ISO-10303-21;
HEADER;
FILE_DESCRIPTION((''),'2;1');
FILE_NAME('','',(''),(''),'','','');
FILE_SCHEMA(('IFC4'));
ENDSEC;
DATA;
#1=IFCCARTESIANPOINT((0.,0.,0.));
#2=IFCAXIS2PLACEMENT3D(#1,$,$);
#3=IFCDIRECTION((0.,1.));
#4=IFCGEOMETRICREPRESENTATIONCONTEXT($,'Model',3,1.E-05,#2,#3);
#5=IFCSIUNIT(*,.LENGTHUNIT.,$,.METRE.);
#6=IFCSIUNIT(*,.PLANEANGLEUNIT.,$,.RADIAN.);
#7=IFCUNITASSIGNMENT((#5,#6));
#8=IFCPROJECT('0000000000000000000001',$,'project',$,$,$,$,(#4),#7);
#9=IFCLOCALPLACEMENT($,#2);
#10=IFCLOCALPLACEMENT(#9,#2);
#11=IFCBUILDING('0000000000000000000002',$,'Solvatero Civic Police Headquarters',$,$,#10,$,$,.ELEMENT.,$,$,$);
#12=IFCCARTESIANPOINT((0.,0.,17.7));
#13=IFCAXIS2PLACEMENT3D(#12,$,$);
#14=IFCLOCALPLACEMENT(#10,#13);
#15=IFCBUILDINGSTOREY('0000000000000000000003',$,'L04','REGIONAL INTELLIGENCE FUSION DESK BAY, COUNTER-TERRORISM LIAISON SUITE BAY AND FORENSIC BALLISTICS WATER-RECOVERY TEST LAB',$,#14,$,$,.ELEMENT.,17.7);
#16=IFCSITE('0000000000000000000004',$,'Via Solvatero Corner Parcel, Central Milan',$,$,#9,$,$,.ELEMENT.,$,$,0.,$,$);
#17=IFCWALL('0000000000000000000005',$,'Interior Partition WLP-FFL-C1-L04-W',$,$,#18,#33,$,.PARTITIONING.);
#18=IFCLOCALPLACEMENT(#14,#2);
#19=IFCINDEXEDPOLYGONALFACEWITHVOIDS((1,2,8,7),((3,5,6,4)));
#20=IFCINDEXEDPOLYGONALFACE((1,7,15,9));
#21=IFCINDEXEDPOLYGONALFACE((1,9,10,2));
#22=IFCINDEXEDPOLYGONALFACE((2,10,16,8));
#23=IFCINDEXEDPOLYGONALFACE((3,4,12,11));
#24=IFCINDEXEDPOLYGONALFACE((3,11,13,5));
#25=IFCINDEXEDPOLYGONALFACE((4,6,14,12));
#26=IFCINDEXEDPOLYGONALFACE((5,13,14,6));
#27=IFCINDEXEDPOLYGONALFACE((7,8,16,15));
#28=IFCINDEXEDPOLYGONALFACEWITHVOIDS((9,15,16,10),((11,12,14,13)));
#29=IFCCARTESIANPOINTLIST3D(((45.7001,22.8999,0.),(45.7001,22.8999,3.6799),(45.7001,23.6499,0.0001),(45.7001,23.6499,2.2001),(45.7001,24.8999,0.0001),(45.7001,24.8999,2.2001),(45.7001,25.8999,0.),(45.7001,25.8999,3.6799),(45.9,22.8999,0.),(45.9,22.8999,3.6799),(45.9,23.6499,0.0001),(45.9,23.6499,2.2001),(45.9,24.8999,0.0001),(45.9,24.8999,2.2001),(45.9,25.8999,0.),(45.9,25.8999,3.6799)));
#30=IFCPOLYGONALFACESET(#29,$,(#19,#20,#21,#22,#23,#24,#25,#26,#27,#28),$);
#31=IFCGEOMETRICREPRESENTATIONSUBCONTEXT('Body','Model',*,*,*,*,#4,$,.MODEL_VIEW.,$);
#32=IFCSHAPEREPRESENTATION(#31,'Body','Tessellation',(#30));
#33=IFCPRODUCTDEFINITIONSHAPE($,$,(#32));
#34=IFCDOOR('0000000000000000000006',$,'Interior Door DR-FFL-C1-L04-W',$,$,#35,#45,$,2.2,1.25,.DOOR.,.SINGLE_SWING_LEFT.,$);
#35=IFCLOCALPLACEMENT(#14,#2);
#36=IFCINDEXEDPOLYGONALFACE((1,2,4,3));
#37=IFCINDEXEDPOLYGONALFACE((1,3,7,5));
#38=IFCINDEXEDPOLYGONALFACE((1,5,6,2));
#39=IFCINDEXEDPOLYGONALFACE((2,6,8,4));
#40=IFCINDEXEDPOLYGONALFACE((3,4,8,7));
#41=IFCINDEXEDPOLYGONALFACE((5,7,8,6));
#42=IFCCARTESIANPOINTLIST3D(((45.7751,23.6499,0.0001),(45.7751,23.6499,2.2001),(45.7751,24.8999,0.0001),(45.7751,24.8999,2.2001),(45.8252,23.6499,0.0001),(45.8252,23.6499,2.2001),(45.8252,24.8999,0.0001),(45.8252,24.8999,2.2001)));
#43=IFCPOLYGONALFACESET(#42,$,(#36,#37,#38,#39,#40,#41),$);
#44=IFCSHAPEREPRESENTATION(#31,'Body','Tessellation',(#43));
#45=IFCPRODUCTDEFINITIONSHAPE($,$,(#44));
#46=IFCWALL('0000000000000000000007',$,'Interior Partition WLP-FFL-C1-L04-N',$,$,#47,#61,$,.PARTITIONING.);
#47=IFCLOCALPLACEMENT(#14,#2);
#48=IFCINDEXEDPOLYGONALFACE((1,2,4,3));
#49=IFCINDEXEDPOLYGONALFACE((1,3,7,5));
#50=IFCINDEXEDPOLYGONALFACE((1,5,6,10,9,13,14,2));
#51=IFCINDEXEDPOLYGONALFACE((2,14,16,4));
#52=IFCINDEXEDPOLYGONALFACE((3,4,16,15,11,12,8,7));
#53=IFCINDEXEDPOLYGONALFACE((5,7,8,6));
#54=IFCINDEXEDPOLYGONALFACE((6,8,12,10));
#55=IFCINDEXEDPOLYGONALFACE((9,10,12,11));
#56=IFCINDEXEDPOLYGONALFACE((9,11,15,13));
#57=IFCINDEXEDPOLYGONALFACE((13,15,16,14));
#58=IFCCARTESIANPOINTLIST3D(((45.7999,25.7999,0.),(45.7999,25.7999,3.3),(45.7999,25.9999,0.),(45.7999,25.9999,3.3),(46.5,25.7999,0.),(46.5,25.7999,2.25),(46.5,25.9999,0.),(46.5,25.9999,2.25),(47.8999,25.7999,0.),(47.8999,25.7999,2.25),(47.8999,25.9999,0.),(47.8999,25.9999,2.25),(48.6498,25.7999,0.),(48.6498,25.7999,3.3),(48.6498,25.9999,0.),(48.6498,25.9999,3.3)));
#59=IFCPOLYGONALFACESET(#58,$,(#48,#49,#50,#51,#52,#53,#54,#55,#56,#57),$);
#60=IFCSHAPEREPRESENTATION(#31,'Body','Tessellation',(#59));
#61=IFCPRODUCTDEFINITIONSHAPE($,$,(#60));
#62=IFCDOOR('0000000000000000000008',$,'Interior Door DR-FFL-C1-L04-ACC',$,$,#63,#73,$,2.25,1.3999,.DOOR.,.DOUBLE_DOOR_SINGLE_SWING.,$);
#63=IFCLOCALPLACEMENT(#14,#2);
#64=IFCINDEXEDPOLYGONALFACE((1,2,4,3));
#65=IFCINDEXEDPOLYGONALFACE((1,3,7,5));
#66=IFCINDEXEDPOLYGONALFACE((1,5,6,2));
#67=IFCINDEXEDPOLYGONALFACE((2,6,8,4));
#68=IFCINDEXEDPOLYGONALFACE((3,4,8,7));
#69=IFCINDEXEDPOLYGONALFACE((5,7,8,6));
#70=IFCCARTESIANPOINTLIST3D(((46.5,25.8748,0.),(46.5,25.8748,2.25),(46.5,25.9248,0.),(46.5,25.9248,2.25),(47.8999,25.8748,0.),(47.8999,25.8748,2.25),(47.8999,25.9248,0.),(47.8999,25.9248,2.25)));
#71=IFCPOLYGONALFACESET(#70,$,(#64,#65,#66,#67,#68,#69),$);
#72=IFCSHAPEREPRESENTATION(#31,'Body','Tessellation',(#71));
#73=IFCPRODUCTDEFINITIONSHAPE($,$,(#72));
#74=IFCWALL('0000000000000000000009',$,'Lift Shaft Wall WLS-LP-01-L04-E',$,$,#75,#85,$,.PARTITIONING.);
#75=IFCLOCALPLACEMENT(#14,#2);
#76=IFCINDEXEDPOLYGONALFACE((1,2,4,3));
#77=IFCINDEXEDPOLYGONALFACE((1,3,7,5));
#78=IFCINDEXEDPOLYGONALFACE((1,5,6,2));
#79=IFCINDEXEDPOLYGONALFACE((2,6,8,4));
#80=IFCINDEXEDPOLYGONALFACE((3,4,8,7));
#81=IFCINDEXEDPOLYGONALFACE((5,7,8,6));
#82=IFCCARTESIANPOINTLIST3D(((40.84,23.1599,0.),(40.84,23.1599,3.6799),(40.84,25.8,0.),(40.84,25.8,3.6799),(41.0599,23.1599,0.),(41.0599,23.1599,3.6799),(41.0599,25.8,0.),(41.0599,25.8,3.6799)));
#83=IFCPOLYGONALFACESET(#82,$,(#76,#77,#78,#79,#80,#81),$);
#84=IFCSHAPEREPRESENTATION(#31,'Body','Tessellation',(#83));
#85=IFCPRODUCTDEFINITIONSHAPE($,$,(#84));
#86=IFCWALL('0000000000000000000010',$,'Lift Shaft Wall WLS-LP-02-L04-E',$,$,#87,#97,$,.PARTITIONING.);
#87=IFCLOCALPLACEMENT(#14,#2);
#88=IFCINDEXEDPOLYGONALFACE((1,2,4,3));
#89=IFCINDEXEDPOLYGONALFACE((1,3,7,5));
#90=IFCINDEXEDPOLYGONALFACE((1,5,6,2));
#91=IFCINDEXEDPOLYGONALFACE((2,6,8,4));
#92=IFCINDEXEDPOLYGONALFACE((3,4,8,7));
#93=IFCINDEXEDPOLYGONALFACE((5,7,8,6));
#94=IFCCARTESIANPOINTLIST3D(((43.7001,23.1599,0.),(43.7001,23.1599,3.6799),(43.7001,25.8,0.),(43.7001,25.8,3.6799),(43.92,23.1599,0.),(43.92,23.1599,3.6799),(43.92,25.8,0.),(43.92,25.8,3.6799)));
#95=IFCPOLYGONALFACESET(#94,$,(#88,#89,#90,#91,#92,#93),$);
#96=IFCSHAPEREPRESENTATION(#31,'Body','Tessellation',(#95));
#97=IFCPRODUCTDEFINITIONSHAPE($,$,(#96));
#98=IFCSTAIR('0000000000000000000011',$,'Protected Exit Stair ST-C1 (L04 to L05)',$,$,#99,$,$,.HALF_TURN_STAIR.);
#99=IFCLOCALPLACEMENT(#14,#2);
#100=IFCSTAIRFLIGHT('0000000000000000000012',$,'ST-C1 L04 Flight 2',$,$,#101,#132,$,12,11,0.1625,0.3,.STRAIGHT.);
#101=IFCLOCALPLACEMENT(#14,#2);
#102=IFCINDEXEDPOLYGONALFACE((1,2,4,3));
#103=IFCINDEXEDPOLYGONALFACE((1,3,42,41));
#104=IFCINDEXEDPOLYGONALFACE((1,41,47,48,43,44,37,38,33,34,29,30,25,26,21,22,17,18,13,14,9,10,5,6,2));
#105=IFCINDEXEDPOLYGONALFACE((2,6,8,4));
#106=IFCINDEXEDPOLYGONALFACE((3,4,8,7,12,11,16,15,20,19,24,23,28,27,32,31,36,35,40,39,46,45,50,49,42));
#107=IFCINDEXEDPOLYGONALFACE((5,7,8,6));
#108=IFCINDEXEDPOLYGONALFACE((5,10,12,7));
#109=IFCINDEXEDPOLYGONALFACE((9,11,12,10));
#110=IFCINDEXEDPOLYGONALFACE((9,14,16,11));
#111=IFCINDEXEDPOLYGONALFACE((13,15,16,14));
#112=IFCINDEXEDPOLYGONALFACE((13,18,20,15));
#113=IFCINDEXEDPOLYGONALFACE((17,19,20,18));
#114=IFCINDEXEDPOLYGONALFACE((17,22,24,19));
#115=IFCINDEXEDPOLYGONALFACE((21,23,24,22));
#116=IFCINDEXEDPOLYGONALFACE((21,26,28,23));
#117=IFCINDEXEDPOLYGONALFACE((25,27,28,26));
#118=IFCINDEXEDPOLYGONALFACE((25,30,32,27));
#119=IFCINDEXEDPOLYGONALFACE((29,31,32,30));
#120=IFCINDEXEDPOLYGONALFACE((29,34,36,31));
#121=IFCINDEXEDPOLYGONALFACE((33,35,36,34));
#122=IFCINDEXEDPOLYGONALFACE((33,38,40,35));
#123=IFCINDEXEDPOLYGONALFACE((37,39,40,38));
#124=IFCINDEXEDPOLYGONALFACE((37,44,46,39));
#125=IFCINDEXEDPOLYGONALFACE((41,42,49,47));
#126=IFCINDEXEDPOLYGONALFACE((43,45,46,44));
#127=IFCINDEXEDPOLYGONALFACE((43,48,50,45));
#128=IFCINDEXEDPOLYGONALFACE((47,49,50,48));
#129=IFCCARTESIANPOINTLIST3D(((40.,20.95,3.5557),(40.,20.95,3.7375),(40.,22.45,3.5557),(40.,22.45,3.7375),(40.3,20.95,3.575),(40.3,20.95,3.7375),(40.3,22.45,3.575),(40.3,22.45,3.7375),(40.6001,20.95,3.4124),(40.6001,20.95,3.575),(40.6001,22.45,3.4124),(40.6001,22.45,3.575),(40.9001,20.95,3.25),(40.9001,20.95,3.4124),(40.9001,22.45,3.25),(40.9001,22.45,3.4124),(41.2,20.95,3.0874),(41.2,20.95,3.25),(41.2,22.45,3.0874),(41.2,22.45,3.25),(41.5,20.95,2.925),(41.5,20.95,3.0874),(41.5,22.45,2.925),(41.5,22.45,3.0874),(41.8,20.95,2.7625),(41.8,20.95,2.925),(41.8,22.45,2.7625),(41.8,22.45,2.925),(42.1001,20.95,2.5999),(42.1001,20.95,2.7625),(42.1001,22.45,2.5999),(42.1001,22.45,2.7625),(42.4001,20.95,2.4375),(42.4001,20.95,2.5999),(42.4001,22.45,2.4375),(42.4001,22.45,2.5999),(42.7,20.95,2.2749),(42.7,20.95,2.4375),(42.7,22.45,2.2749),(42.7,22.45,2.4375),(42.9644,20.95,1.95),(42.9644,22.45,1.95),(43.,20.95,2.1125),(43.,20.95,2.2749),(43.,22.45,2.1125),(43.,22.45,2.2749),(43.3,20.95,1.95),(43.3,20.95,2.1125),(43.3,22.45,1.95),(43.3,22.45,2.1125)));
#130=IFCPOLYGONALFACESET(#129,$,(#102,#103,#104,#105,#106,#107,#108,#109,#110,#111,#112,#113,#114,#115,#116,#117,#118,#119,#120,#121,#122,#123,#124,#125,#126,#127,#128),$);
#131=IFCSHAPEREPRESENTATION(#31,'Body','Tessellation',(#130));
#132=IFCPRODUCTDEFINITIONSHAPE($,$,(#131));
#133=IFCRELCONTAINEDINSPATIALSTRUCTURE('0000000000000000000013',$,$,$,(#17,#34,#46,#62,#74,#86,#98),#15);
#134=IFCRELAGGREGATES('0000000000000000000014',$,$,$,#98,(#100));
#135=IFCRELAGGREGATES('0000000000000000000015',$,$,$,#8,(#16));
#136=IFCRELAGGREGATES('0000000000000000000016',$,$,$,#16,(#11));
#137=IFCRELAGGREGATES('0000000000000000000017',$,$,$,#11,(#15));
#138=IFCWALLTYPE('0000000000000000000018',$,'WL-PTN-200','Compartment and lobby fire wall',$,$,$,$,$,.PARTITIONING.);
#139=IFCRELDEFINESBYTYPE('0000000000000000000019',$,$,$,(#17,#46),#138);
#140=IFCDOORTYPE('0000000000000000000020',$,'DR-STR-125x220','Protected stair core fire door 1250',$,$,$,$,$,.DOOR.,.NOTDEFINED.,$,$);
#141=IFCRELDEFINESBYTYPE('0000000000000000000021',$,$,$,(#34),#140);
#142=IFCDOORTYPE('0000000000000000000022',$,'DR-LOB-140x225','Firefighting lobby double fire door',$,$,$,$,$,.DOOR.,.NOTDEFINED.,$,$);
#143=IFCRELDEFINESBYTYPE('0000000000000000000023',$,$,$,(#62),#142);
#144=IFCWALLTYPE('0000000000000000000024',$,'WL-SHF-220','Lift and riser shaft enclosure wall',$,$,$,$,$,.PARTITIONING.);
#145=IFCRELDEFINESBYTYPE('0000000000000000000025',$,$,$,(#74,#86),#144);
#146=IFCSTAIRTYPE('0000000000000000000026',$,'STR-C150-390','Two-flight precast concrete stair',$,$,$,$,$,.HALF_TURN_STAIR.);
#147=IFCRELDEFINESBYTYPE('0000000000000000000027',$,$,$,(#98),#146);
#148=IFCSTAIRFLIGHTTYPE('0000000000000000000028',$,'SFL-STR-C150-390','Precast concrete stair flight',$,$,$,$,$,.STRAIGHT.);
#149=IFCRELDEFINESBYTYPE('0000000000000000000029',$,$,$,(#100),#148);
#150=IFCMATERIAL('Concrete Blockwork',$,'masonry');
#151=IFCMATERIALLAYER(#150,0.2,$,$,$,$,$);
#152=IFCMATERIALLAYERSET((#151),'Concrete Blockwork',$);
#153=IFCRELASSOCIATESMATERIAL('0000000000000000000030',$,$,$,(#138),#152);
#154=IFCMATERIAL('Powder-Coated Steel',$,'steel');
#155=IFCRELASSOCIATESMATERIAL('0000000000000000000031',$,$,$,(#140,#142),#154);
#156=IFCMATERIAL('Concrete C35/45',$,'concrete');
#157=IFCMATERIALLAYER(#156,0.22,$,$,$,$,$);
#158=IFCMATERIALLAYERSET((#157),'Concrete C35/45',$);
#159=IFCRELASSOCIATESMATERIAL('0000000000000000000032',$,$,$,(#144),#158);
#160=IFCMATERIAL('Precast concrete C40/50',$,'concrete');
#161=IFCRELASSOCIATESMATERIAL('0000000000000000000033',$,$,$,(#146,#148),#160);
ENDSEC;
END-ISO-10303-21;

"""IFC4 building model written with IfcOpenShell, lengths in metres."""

from ifc_helpers import new_model, si_unit, direction, frame, frame_2d, origin, place, context, subcontext, project, spatial, polyline, rectangle, outline, extrude, material, layer, layer_set, type_object, element, fill, aggregate, save


model = new_model("IFC4")

# Units and contexts
model_context = context("Model", 3, precision=1e-05, world=origin(), true_north=direction((0.0, 1.0)))
body_context = subcontext(model_context, "Body", "Model", "MODEL_VIEW")
ifc_project = project(units=[si_unit("LENGTHUNIT", "METRE"), si_unit("PLANEANGLEUNIT", "RADIAN")], contexts=[model_context])

# Site, building, storey
site_placement = place(None, origin())
site = spatial("IfcSite", under=ifc_project, at=site_placement, Name="Via Solvatero Corner Parcel, Central Milan", CompositionType="ELEMENT", RefElevation=0.0)
building_placement = place(site_placement, origin())
building = spatial("IfcBuilding", under=site, at=building_placement, Name="Solvatero Civic Police Headquarters", CompositionType="ELEMENT")
storey_placement = place(building_placement, frame((0.0, 0.0, 17.7)))
storey = spatial("IfcBuildingStorey", under=building, at=storey_placement, Name="L04", Description="REGIONAL INTELLIGENCE FUSION DESK BAY, COUNTER-TERRORISM LIAISON SUITE BAY AND FORENSIC BALLISTICS WATER-RECOVERY TEST LAB", CompositionType="ELEMENT", Elevation=17.7)

# Walls, openings, doors
ifc_material_1 = material(Name="Concrete Blockwork", Category="masonry")
ifc_layer_1 = layer(ifc_material_1, 0.2)
ifc_layer_set_1 = layer_set([ifc_layer_1], Name="Concrete Blockwork")
wall_type_1 = type_object("IfcWallType", Name="WL-PTN-200", Description="Compartment and lobby fire wall", PredefinedType="PARTITIONING", material=ifc_layer_set_1)
wall_1_placement = place(storey_placement, frame((45.8, 22.8999, 0.0), z_axis=(0.0, 0.0, 1.0), x_axis=(0.0, 1.0, 0.0)))
wall_1 = element("IfcWall", 1, at=wall_1_placement, inside=storey, type_object=wall_type_1, Name="Interior Partition WLP-FFL-C1-L04-W", PredefinedType="PARTITIONING", context=body_context, shape_type="SweptSolid", body=[
    extrude(rectangle(XDim=3.0, YDim=0.2, at=frame_2d((1.5, 0.0))), origin(), (0.0, 0.0, 1.0), 3.6799),
])
opening_1_placement = place(wall_1_placement, frame((0.75, 0.0, 0.0)))
opening_1 = element("IfcOpeningElement", 2, at=opening_1_placement, cuts=wall_1, PredefinedType="OPENING", context=body_context, shape_type="SweptSolid", body=[
    extrude(rectangle(XDim=1.25, YDim=2.2, at=frame_2d((0.625, 1.1001))), frame((0.0, 0.1099, 0.0), z_axis=(0.0, -1.0, 0.0), x_axis=(1.0, 0.0, 0.0)), (0.0, 0.0, 1.0), 0.22),
])
ifc_material_2 = material(Name="Powder-Coated Steel", Category="steel")
door_type_1 = type_object("IfcDoorType", Name="DR-STR-125x220", Description="Protected stair core fire door 1250", OperationType="NOTDEFINED", PredefinedType="DOOR", material=ifc_material_2)
door_1_placement = place(opening_1_placement, origin())
door_1 = element("IfcDoor", 3, at=door_1_placement, inside=storey, type_object=door_type_1, Name="Interior Door DR-FFL-C1-L04-W", OperationType="SINGLE_SWING_LEFT", OverallHeight=2.2, OverallWidth=1.25, PredefinedType="DOOR", context=body_context, shape_type="SweptSolid", body=[
    extrude(rectangle(XDim=1.25, YDim=2.2, at=frame_2d((0.625, 1.1001))), frame((0.0, 0.0249, 0.0), z_axis=(0.0, -1.0, 0.0), x_axis=(1.0, 0.0, 0.0)), (0.0, 0.0, 1.0), 0.05),
])
fill(opening_1, door_1)
wall_2_placement = place(storey_placement, frame((45.8, 25.8999, 0.0), z_axis=(0.0, 0.0, 1.0), x_axis=(1.0, 0.0, 0.0)))
wall_2 = element("IfcWall", 4, at=wall_2_placement, inside=storey, type_object=wall_type_1, Name="Interior Partition WLP-FFL-C1-L04-N", PredefinedType="PARTITIONING", context=body_context, shape_type="SweptSolid", body=[
    extrude(rectangle(XDim=2.8499, YDim=0.2, at=frame_2d((1.4248, 0.0))), origin(), (0.0, 0.0, 1.0), 3.3),
])
opening_2_placement = place(wall_2_placement, frame((0.7, 0.0, 0.0)))
opening_2 = element("IfcOpeningElement", 5, at=opening_2_placement, cuts=wall_2, PredefinedType="OPENING", context=body_context, shape_type="SweptSolid", body=[
    extrude(rectangle(XDim=1.3999, YDim=2.25, at=frame_2d((0.7, 1.125))), frame((0.0, 0.1099, 0.0), z_axis=(0.0, -1.0, 0.0), x_axis=(1.0, 0.0, 0.0)), (0.0, 0.0, 1.0), 0.22),
])
door_type_2 = type_object("IfcDoorType", Name="DR-LOB-140x225", Description="Firefighting lobby double fire door", OperationType="NOTDEFINED", PredefinedType="DOOR", material=ifc_material_2)
door_2_placement = place(opening_2_placement, origin())
door_2 = element("IfcDoor", 6, at=door_2_placement, inside=storey, type_object=door_type_2, Name="Interior Door DR-FFL-C1-L04-ACC", OperationType="DOUBLE_DOOR_SINGLE_SWING", OverallHeight=2.25, OverallWidth=1.3999, PredefinedType="DOOR", context=body_context, shape_type="SweptSolid", body=[
    extrude(rectangle(XDim=1.3999, YDim=2.25, at=frame_2d((0.7, 1.125))), frame((0.0, 0.0249, 0.0), z_axis=(0.0, -1.0, 0.0), x_axis=(1.0, 0.0, 0.0)), (0.0, 0.0, 1.0), 0.05),
])
fill(opening_2, door_2)

# Wall
ifc_material_3 = material(Name="Concrete C35/45", Category="concrete")
ifc_layer_2 = layer(ifc_material_3, 0.22)
ifc_layer_set_2 = layer_set([ifc_layer_2], Name="Concrete C35/45")
wall_type_2 = type_object("IfcWallType", Name="WL-SHF-220", Description="Lift and riser shaft enclosure wall", PredefinedType="PARTITIONING", material=ifc_layer_set_2)
wall_3_placement = place(storey_placement, frame((40.95, 23.1599, 0.0), z_axis=(0.0, 0.0, 1.0), x_axis=(0.0, 1.0, 0.0)))
element("IfcWall", 7, at=wall_3_placement, inside=storey, type_object=wall_type_2, Name="Lift Shaft Wall WLS-LP-01-L04-E", PredefinedType="PARTITIONING", context=body_context, shape_type="SweptSolid", body=[
    extrude(rectangle(XDim=2.6401, YDim=0.22, at=frame_2d((1.3201, 0.0))), origin(), (0.0, 0.0, 1.0), 3.6799),
])

# Wall
wall_4_placement = place(storey_placement, frame((43.8101, 23.1599, 0.0), z_axis=(0.0, 0.0, 1.0), x_axis=(0.0, 1.0, 0.0)))
element("IfcWall", 8, at=wall_4_placement, inside=storey, type_object=wall_type_2, Name="Lift Shaft Wall WLS-LP-02-L04-E", PredefinedType="PARTITIONING", context=body_context, shape_type="SweptSolid", body=[
    extrude(rectangle(XDim=2.6401, YDim=0.22, at=frame_2d((1.3201, 0.0))), origin(), (0.0, 0.0, 1.0), 3.6799),
])

# Stair, stair flight
ifc_material_4 = material(Name="Precast concrete C40/50", Category="concrete")
stair_type = type_object("IfcStairType", Name="STR-C150-390", Description="Two-flight precast concrete stair", PredefinedType="HALF_TURN_STAIR", material=ifc_material_4)
stair_placement = place(storey_placement, origin())
stair = element("IfcStair", 9, at=stair_placement, inside=storey, type_object=stair_type, Name="Protected Exit Stair ST-C1 (L04 to L05)", PredefinedType="HALF_TURN_STAIR")
stair_flight_type = type_object("IfcStairFlightType", Name="SFL-STR-C150-390", Description="Precast concrete stair flight", PredefinedType="STRAIGHT", material=ifc_material_4)
stair_flight_placement = place(storey_placement, frame((43.3, 21.7, 1.95), z_axis=(0.0, 0.0, 1.0), x_axis=(-1.0, 0.0, 0.0)))
stair_flight = element("IfcStairFlight", 10, at=stair_flight_placement, type_object=stair_flight_type, Name="ST-C1 L04 Flight 2", NumberOfRisers=12, NumberOfTreads=11, PredefinedType="STRAIGHT", RiserHeight=0.1625, TreadLength=0.3, context=body_context, shape_type="SweptSolid", body=[
    extrude(outline(polyline([(0.0, 0.0), (0.0, 0.1626), (0.3, 0.1626), (0.3, 0.325), (0.6001, 0.325), (0.6001, 0.4875), (0.8999, 0.4875), (0.8999, 0.6499), (1.2, 0.6499), (1.2, 0.8125), (1.5, 0.8125), (1.5, 0.9751), (1.8, 0.9751), (1.8, 1.1375), (2.1001, 1.1375), (2.1001, 1.3), (2.3999, 1.3), (2.3999, 1.4624), (2.7, 1.4624), (2.7, 1.625), (3.0, 1.625), (3.0, 1.7876), (3.3, 1.7876), (3.3, 1.95), (3.3, 1.6057), (0.3357, 0.0), (0.0, 0.0)])), frame((0.0, 0.75, 0.0), z_axis=(0.0, -1.0, 0.0), x_axis=(1.0, 0.0, 0.0)), (0.0, 0.0, 1.0), 1.5),
])
aggregate(stair, [stair_flight])

save(model, "model.ifc")
